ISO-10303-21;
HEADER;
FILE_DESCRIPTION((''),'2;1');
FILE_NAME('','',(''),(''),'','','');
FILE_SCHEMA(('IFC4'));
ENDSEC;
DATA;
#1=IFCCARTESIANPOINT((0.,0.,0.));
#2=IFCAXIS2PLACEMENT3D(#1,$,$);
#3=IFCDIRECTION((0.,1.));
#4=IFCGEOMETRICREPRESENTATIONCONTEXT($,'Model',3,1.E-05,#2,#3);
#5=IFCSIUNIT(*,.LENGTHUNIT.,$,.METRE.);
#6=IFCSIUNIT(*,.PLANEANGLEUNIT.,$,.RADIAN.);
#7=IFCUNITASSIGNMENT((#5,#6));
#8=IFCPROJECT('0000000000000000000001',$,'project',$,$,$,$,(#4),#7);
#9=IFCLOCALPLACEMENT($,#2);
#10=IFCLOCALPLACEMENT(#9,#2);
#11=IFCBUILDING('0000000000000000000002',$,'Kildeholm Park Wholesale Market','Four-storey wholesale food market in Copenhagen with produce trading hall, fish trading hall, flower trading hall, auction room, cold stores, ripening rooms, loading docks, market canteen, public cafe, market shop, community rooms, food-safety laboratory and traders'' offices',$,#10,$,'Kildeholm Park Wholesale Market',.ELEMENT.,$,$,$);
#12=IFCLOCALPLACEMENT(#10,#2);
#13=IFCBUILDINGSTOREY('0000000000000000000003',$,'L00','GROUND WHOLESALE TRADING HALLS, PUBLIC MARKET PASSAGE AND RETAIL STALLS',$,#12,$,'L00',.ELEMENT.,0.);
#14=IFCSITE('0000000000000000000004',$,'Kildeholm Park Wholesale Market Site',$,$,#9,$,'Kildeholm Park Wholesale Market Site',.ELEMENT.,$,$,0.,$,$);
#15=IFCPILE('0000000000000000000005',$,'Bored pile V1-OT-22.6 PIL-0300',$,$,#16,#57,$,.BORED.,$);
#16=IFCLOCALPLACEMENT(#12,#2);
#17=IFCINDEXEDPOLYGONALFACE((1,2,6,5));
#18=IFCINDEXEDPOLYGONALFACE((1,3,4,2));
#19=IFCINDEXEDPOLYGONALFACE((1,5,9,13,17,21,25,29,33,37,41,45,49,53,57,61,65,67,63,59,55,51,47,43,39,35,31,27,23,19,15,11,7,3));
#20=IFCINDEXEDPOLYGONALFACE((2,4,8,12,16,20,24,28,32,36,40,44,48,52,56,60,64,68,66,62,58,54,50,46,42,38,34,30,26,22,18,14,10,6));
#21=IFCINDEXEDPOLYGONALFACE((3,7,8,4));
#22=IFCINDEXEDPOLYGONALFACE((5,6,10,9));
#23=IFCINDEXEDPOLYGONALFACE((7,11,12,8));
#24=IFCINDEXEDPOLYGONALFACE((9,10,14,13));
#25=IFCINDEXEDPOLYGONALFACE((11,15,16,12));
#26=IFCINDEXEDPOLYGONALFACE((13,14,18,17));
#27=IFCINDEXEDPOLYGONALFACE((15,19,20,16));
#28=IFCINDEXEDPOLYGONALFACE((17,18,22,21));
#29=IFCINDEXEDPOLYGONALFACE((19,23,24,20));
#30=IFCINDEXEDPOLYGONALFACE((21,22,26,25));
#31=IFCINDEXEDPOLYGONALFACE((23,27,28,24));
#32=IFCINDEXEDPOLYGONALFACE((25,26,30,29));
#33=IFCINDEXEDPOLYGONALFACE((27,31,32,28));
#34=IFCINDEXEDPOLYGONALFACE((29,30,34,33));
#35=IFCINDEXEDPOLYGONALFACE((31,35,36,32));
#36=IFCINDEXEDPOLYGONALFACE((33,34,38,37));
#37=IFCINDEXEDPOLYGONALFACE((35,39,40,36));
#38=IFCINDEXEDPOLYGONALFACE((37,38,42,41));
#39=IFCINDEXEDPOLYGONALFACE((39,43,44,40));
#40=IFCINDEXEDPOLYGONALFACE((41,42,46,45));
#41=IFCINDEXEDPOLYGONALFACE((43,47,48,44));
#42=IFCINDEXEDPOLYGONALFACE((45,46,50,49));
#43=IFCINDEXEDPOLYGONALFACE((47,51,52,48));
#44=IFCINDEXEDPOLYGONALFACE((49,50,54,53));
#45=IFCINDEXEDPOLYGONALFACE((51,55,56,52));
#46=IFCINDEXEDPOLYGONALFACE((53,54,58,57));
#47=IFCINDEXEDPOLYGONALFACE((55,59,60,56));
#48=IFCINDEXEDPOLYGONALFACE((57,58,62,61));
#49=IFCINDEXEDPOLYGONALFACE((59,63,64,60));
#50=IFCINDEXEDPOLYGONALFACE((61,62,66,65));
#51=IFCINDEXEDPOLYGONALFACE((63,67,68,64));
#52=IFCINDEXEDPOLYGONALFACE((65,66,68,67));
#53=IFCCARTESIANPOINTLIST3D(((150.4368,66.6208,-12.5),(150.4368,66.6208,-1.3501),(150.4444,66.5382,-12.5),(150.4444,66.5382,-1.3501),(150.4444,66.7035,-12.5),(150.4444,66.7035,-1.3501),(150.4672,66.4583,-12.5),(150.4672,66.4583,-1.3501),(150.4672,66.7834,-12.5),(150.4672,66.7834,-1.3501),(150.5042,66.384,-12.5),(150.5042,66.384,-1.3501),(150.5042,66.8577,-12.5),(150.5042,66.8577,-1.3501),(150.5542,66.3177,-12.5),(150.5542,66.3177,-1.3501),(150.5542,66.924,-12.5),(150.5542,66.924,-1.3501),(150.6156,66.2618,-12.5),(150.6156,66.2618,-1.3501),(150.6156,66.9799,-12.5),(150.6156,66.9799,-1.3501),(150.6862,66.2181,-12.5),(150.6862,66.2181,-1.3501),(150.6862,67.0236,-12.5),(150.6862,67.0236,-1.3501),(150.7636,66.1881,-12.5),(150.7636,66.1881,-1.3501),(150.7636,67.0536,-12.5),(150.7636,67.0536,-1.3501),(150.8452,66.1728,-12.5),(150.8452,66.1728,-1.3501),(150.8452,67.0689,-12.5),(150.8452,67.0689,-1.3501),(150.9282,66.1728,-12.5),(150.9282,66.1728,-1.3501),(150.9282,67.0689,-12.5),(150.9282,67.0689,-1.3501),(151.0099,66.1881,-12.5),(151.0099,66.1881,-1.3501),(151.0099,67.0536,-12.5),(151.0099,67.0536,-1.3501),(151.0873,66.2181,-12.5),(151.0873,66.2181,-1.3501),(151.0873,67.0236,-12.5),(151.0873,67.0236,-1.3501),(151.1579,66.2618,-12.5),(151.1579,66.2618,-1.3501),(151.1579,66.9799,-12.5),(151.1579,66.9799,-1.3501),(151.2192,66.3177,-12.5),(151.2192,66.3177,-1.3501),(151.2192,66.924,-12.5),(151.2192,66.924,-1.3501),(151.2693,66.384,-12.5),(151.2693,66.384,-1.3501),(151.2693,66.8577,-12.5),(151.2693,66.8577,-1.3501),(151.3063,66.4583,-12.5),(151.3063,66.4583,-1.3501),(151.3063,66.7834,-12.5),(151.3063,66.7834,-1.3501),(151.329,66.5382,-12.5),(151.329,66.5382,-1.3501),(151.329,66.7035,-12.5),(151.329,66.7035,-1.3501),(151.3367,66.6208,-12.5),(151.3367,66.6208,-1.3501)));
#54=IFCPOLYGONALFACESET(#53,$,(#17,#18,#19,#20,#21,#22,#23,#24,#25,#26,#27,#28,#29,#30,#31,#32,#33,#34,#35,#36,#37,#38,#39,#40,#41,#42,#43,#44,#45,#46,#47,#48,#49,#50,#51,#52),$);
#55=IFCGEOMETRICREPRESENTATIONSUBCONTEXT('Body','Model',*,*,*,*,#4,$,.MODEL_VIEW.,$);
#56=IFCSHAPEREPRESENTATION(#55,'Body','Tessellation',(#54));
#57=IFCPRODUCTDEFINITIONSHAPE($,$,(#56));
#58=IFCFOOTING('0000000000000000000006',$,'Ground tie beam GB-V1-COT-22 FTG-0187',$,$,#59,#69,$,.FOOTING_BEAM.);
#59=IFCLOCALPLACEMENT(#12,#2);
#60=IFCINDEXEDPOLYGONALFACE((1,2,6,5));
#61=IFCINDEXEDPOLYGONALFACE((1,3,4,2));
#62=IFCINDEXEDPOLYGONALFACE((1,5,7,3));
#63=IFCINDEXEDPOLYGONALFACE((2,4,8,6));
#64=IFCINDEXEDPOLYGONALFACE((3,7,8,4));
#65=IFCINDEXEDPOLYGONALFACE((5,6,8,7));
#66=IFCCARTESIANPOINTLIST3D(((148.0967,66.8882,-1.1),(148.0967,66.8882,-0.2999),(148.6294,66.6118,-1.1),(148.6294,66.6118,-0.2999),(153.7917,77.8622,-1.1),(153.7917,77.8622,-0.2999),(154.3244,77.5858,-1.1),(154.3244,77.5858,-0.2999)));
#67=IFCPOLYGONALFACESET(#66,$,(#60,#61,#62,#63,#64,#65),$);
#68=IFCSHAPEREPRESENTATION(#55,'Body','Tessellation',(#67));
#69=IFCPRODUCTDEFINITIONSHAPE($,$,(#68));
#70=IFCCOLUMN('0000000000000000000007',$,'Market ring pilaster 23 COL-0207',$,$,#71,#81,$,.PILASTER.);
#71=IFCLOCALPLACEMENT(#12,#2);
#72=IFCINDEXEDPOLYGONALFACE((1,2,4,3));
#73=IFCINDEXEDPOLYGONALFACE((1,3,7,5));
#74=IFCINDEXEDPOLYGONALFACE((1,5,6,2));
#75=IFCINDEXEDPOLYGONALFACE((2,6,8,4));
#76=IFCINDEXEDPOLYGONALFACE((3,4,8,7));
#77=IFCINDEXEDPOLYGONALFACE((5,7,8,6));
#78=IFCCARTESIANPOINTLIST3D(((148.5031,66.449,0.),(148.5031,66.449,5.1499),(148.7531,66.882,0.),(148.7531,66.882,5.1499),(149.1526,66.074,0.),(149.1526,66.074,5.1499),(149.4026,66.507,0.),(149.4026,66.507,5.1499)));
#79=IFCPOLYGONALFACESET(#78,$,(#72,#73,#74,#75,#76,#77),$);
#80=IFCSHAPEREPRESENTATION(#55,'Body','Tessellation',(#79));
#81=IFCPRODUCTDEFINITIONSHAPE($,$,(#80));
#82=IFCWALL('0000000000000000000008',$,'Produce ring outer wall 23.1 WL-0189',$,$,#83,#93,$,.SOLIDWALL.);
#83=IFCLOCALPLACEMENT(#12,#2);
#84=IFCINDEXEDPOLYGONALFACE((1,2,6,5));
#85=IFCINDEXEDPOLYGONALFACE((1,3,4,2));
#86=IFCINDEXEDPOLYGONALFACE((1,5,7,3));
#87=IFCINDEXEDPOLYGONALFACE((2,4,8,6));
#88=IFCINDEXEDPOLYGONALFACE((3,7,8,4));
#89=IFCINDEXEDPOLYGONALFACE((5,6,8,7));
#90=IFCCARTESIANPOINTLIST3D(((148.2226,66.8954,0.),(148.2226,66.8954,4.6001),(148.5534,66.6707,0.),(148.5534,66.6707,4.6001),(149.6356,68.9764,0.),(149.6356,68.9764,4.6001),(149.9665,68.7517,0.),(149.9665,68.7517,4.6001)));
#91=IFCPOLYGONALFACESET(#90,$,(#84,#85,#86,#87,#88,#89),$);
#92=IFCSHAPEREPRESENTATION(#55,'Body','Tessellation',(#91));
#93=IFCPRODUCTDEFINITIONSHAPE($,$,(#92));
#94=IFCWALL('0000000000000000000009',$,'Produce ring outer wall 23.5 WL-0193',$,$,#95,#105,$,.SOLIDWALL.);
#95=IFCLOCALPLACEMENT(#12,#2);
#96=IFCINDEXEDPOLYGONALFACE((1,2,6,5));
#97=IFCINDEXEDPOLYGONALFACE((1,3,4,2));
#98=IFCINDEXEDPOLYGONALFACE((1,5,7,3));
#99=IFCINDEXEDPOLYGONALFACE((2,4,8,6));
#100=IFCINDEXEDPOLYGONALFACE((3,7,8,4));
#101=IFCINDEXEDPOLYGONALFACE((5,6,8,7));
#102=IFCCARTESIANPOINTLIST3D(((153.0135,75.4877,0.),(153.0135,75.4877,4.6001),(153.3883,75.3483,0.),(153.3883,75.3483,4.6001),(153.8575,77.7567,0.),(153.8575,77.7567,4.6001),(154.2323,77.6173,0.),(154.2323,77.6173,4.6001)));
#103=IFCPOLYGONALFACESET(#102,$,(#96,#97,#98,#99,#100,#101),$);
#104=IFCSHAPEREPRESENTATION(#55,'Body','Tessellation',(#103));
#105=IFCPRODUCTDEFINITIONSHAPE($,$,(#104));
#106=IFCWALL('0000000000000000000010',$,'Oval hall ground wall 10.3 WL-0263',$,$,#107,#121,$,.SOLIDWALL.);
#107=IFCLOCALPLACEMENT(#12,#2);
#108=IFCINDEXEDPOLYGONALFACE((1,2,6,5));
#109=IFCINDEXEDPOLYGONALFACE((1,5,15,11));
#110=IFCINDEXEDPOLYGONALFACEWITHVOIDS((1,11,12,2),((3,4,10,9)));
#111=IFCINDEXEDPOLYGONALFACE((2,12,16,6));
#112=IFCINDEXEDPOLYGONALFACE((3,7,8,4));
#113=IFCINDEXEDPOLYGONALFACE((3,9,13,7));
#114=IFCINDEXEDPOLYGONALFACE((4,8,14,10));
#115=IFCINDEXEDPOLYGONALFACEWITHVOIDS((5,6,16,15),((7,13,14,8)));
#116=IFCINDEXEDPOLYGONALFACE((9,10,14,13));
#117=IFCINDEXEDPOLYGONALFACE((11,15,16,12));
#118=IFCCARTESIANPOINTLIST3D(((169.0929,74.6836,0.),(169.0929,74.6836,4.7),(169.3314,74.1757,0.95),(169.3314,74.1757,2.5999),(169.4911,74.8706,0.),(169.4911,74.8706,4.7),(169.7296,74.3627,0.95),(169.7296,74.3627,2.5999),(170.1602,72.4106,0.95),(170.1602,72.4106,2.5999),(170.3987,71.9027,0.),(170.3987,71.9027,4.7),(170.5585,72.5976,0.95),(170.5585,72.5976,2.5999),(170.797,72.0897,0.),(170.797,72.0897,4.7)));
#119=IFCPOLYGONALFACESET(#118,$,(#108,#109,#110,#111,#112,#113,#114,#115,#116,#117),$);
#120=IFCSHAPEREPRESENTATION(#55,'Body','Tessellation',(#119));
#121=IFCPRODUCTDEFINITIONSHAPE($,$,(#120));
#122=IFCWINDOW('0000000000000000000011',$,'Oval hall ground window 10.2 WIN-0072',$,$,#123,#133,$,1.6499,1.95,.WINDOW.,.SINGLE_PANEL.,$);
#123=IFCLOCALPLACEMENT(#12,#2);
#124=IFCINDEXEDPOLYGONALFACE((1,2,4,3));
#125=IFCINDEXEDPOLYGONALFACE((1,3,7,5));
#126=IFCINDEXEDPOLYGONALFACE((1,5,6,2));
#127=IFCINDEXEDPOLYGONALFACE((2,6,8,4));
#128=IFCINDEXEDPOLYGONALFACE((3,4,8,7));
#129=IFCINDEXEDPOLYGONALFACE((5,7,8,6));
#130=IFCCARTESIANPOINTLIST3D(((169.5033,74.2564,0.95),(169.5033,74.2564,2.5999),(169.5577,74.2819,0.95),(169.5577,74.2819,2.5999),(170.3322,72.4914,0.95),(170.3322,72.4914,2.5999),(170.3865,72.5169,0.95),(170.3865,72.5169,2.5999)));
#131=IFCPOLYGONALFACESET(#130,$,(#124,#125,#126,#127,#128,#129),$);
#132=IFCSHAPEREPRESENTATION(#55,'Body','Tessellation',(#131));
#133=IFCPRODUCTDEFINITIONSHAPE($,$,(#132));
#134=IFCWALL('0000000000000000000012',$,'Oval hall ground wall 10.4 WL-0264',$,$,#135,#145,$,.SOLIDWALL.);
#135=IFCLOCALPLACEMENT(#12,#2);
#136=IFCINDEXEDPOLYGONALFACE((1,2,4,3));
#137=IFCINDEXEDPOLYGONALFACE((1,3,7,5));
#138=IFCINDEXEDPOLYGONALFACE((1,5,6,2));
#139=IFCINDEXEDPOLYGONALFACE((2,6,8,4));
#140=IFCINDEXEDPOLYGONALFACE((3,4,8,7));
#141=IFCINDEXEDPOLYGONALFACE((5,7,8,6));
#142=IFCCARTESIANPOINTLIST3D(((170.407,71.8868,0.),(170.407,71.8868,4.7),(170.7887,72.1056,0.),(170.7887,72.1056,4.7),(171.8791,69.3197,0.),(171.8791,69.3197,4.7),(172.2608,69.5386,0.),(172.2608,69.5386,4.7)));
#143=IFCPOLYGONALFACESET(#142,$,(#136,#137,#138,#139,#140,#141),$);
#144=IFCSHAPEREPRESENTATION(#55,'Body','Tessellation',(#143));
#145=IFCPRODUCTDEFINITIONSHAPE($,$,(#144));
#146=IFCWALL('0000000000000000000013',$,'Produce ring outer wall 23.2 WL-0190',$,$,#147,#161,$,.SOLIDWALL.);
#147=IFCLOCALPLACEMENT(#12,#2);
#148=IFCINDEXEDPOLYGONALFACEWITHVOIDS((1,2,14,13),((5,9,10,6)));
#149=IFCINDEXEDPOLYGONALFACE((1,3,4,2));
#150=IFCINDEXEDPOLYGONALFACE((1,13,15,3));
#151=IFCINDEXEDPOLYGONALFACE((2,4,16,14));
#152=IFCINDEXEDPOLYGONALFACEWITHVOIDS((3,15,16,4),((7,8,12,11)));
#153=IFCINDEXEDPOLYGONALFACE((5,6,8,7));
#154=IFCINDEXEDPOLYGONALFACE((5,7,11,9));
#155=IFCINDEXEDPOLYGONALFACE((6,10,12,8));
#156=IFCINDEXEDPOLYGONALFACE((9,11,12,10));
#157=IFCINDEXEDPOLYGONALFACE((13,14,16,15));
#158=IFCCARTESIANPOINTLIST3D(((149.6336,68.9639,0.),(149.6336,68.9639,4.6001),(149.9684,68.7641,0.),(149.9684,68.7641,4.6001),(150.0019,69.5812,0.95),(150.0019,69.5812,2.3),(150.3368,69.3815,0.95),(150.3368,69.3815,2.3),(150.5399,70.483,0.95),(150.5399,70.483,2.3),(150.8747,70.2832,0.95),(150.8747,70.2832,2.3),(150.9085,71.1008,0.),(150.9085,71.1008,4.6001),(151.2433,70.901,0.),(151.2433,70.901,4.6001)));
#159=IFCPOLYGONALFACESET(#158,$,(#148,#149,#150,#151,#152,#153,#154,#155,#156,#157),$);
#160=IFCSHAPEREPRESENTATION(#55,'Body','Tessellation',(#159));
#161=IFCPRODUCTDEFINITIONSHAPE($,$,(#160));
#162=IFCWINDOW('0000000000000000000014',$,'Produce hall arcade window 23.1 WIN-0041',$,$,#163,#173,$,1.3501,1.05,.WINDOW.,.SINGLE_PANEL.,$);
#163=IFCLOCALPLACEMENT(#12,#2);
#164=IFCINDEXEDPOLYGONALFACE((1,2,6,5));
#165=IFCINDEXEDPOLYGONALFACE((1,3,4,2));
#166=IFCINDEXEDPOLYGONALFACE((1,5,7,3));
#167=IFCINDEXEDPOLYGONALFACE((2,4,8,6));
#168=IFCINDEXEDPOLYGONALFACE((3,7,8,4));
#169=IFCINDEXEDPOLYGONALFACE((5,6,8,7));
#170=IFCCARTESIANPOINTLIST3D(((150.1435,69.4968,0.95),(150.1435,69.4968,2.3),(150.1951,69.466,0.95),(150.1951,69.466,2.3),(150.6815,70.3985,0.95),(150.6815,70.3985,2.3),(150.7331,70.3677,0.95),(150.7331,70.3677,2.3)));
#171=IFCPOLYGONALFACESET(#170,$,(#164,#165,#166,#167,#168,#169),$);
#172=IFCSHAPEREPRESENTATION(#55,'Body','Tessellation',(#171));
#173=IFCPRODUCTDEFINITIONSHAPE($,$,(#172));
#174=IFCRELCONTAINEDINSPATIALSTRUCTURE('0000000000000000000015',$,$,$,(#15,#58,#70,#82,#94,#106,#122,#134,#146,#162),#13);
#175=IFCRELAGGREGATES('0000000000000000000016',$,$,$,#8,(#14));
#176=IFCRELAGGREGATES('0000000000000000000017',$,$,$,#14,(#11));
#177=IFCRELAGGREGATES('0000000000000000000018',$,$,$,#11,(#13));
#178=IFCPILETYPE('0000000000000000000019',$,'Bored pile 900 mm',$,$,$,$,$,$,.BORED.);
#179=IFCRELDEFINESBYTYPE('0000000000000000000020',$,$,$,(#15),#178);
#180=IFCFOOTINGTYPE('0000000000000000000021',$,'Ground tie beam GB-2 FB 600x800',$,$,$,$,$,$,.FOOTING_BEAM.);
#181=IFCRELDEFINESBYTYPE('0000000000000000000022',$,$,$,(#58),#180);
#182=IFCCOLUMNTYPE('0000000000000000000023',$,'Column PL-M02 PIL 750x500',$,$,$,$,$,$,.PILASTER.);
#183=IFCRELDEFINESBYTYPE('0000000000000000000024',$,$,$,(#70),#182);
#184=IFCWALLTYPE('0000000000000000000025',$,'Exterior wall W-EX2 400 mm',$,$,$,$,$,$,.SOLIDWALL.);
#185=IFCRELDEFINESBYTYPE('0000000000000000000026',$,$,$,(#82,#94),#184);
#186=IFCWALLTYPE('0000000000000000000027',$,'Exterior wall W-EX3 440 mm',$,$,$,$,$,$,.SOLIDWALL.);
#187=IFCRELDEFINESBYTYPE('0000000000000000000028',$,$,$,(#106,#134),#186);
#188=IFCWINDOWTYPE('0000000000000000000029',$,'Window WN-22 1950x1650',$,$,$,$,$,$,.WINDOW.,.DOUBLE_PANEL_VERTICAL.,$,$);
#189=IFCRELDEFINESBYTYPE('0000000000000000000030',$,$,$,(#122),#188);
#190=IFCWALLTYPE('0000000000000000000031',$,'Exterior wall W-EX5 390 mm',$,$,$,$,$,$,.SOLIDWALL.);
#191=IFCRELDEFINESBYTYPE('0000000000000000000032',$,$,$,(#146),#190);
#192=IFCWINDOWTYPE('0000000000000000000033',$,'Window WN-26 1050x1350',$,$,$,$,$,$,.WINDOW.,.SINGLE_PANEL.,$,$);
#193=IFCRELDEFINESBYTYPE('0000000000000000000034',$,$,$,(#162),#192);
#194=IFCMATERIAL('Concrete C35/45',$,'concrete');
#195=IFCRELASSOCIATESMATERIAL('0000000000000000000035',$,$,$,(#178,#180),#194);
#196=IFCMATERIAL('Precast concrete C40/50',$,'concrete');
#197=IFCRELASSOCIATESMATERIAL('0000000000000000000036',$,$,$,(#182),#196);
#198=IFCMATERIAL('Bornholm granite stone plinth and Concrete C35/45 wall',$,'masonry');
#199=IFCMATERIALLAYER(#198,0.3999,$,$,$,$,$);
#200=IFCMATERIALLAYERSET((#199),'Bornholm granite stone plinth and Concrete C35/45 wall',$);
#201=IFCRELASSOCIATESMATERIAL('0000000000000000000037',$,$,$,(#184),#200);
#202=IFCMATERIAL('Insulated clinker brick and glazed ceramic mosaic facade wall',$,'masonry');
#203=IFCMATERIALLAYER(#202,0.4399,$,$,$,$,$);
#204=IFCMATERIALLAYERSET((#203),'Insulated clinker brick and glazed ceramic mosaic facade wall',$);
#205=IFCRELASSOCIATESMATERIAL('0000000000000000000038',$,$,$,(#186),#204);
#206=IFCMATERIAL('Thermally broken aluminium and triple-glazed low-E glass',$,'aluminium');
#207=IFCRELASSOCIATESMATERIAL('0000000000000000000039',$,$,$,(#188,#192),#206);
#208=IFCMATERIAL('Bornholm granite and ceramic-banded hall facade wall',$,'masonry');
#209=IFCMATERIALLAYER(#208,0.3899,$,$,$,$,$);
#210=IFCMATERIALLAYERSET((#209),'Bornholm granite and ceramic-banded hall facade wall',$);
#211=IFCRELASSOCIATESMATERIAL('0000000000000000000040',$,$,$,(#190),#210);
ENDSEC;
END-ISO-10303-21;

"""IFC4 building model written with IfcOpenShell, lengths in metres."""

from ifc_helpers import new_model, si_unit, direction, frame, frame_2d, origin, origin_2d, place, context, subcontext, project, spatial, rectangle, circle, extrude, material, layer, layer_set, material_profile, profile_set, type_object, element, fill, save


model = new_model("IFC4")

# Units and contexts
model_context = context("Model", 3, precision=1e-05, world=origin(), true_north=direction((0.0, 1.0)))
body_context = subcontext(model_context, "Body", "Model", "MODEL_VIEW")
ifc_project = project(units=[si_unit("LENGTHUNIT", "METRE"), si_unit("PLANEANGLEUNIT", "RADIAN")], contexts=[model_context])

# Site, building, storey
site_placement = place(None, origin())
site = spatial("IfcSite", under=ifc_project, at=site_placement, Name="Kildeholm Park Wholesale Market Site", LongName="Kildeholm Park Wholesale Market Site", CompositionType="ELEMENT", RefElevation=0.0)
building_placement = place(site_placement, origin())
building = spatial("IfcBuilding", under=site, at=building_placement, Name="Kildeholm Park Wholesale Market", Description="Four-storey wholesale food market in Copenhagen with produce trading hall, fish trading hall, flower trading hall, auction room, cold stores, ripening rooms, loading docks, market canteen, public cafe, market shop, community rooms, food-safety laboratory and traders' offices", LongName="Kildeholm Park Wholesale Market", CompositionType="ELEMENT")
storey_placement = place(building_placement, origin())
storey = spatial("IfcBuildingStorey", under=building, at=storey_placement, Name="L00", Description="GROUND WHOLESALE TRADING HALLS, PUBLIC MARKET PASSAGE AND RETAIL STALLS", LongName="L00", CompositionType="ELEMENT", Elevation=0.0)

# Pile
ifc_material_1 = material(Name="Concrete C35/45", Category="concrete")
ifc_material_profile_1 = material_profile(ifc_material_1, circle(Radius=0.45, at=origin_2d()), Name="PILE D900")
ifc_profile_set_1 = profile_set([ifc_material_profile_1], Name="Concrete C35/45")
pile_type_1 = type_object("IfcPileType", Name="Bored pile 900 mm", PredefinedType="BORED", material=ifc_profile_set_1)
for number, where, z_axis, x_axis, name in (
    (1, (150.8867, 66.6208, -1.3501), (0.0, 0.0, -1.0), (1.0, 0.0, 0.0), "Bored pile V1-OT-22.6 PIL-0300"),
):
    element("IfcPile", number, at=place(storey_placement, frame(where, z_axis=z_axis, x_axis=x_axis)), inside=storey, type_object=pile_type_1, Name=name, PredefinedType="BORED", context=body_context, shape_type="SweptSolid", body=[
        extrude(circle(Radius=0.45, at=origin_2d()), origin(), (0.0, 0.0, 1.0), 11.1499),
    ])

# Footing
ifc_material_profile_2 = material_profile(ifc_material_1, rectangle(XDim=0.6001, YDim=0.8, at=origin_2d()), Name="FB 600x800")
ifc_profile_set_2 = profile_set([ifc_material_profile_2], Name="Concrete C35/45")
footing_type = type_object("IfcFootingType", Name="Ground tie beam GB-2 FB 600x800", PredefinedType="FOOTING_BEAM", material=ifc_profile_set_2)
footing_placement = place(storey_placement, frame((148.363, 66.75, -0.7), z_axis=(0.460622, 0.887596, 0.0), x_axis=(-0.887596, 0.460622, 0.0)))
element("IfcFooting", 2, at=footing_placement, inside=storey, type_object=footing_type, Name="Ground tie beam GB-V1-COT-22 FTG-0187", PredefinedType="FOOTING_BEAM", context=body_context, shape_type="SweptSolid", body=[
    extrude(rectangle(XDim=0.6001, YDim=0.8, at=origin_2d()), origin(), (0.0, 0.0, 1.0), 12.3638),
])

# Column
ifc_material_2 = material(Name="Precast concrete C40/50", Category="concrete")
ifc_material_profile_3 = material_profile(ifc_material_2, rectangle(XDim=0.75, YDim=0.5, at=origin_2d()), Name="PIL 750x500")
ifc_profile_set_3 = profile_set([ifc_material_profile_3], Name="Precast concrete C40/50")
column_type = type_object("IfcColumnType", Name="Column PL-M02 PIL 750x500", PredefinedType="PILASTER", material=ifc_profile_set_3)
column_placement = place(storey_placement, frame((148.9529, 66.478, 0.0), z_axis=(0.0, 0.0, 1.0), x_axis=(0.866025, -0.5, 0.0)))
element("IfcColumn", 3, at=column_placement, inside=storey, type_object=column_type, Name="Market ring pilaster 23 COL-0207", PredefinedType="PILASTER", context=body_context, shape_type="SweptSolid", body=[
    extrude(rectangle(XDim=0.75, YDim=0.5, at=origin_2d()), origin(), (0.0, 0.0, 1.0), 5.1499),
])

# Walls
ifc_material_3 = material(Name="Bornholm granite stone plinth and Concrete C35/45 wall", Category="masonry")
ifc_layer_1 = layer(ifc_material_3, 0.3999)
ifc_layer_set_1 = layer_set([ifc_layer_1], Name="Bornholm granite stone plinth and Concrete C35/45 wall")
wall_type_1 = type_object("IfcWallType", Name="Exterior wall W-EX2 400 mm", PredefinedType="SOLIDWALL", material=ifc_layer_set_1)
wall_1_placement = place(storey_placement, frame((148.3879, 66.783, 0.0), z_axis=(0.0, 0.0, 1.0), x_axis=(0.561758, 0.827302, 0.0)))
element("IfcWall", 4, at=wall_1_placement, inside=storey, type_object=wall_type_1, Name="Produce ring outer wall 23.1 WL-0189", PredefinedType="SOLIDWALL", context=body_context, shape_type="SweptSolid", body=[
    extrude(rectangle(XDim=2.5154, YDim=0.3999, at=frame_2d((1.2578, 0.0))), origin(), (0.0, 0.0, 1.0), 4.6001),
])
wall_2_placement = place(storey_placement, frame((153.2009, 75.418, 0.0), z_axis=(0.0, 0.0, 1.0), x_axis=(0.348625, 0.937262, 0.0)))
element("IfcWall", 5, at=wall_2_placement, inside=storey, type_object=wall_type_1, Name="Produce ring outer wall 23.5 WL-0193", PredefinedType="SOLIDWALL", context=body_context, shape_type="SweptSolid", body=[
    extrude(rectangle(XDim=2.4209, YDim=0.3999, at=frame_2d((1.2104, 0.0))), origin(), (0.0, 0.0, 1.0), 4.6001),
])

# Wall, opening, window
ifc_material_4 = material(Name="Insulated clinker brick and glazed ceramic mosaic facade wall", Category="masonry")
ifc_layer_2 = layer(ifc_material_4, 0.4399)
ifc_layer_set_2 = layer_set([ifc_layer_2], Name="Insulated clinker brick and glazed ceramic mosaic facade wall")
wall_type_2 = type_object("IfcWallType", Name="Exterior wall W-EX3 440 mm", PredefinedType="SOLIDWALL", material=ifc_layer_set_2)
wall_3_placement = place(storey_placement, frame((169.292, 74.7771, 0.0), z_axis=(0.0, 0.0, 1.0), x_axis=(0.425051, -0.90517, 0.0)))
wall_3 = element("IfcWall", 6, at=wall_3_placement, inside=storey, type_object=wall_type_2, Name="Oval hall ground wall 10.3 WL-0263", PredefinedType="SOLIDWALL", context=body_context, shape_type="SweptSolid", body=[
    extrude(rectangle(XDim=3.0723, YDim=0.4399, at=frame_2d((1.5361, 0.0))), origin(), (0.0, 0.0, 1.0), 4.7),
])
opening_1_placement = place(wall_3_placement, frame((0.561, 0.0, 0.95)))
opening_1 = element("IfcOpeningElement", 7, at=opening_1_placement, cuts=wall_3, PredefinedType="OPENING", context=body_context, shape_type="SweptSolid", body=[
    extrude(rectangle(XDim=1.95, YDim=1.6499, at=frame_2d((0.9751, 0.825))), frame((0.0, 0.23, 0.0), z_axis=(0.0, -1.0, 0.0), x_axis=(1.0, 0.0, 0.0)), (0.0, 0.0, 1.0), 0.46),
])
ifc_material_5 = material(Name="Thermally broken aluminium and triple-glazed low-E glass", Category="aluminium")
window_type_1 = type_object("IfcWindowType", Name="Window WN-22 1950x1650", PartitioningType="DOUBLE_PANEL_VERTICAL", PredefinedType="WINDOW", material=ifc_material_5)
window_1_placement = place(opening_1_placement, origin())
window_1 = element("IfcWindow", 8, at=window_1_placement, inside=storey, type_object=window_type_1, Name="Oval hall ground window 10.2 WIN-0072", OverallHeight=1.6499, OverallWidth=1.95, PartitioningType="SINGLE_PANEL", PredefinedType="WINDOW", context=body_context, shape_type="SweptSolid", body=[
    extrude(rectangle(XDim=1.95, YDim=1.6499, at=frame_2d((0.9751, 0.825))), frame((0.0, 0.03, 0.0), z_axis=(0.0, -1.0, 0.0), x_axis=(1.0, 0.0, 0.0)), (0.0, 0.0, 1.0), 0.0601),
])
fill(opening_1, window_1)

# Wall
wall_4_placement = place(storey_placement, frame((170.5979, 71.9961, 0.0), z_axis=(0.0, 0.0, 1.0), x_axis=(0.497471, -0.867481, 0.0)))
element("IfcWall", 9, at=wall_4_placement, inside=storey, type_object=wall_type_2, Name="Oval hall ground wall 10.4 WL-0264", PredefinedType="SOLIDWALL", context=body_context, shape_type="SweptSolid", body=[
    extrude(rectangle(XDim=2.9592, YDim=0.4399, at=frame_2d((1.4795, 0.0))), origin(), (0.0, 0.0, 1.0), 4.7),
])

# Wall, opening, window
ifc_material_6 = material(Name="Bornholm granite and ceramic-banded hall facade wall", Category="masonry")
ifc_layer_3 = layer(ifc_material_6, 0.3899)
ifc_layer_set_3 = layer_set([ifc_layer_3], Name="Bornholm granite and ceramic-banded hall facade wall")
wall_type_3 = type_object("IfcWallType", Name="Exterior wall W-EX5 390 mm", PredefinedType="SOLIDWALL", material=ifc_layer_set_3)
wall_5_placement = place(storey_placement, frame((149.801, 68.864, 0.0), z_axis=(0.0, 0.0, 1.0), x_axis=(0.512344, 0.85878, 0.0)))
wall_5 = element("IfcWall", 10, at=wall_5_placement, inside=storey, type_object=wall_type_3, Name="Produce ring outer wall 23.2 WL-0190", PredefinedType="SOLIDWALL", context=body_context, shape_type="SweptSolid", body=[
    extrude(rectangle(XDim=2.4883, YDim=0.3899, at=frame_2d((1.2441, 0.0))), origin(), (0.0, 0.0, 1.0), 4.6001),
])
opening_2_placement = place(wall_5_placement, frame((0.719, 0.0, 0.95)))
opening_2 = element("IfcOpeningElement", 11, at=opening_2_placement, cuts=wall_5, PredefinedType="OPENING", context=body_context, shape_type="SweptSolid", body=[
    extrude(rectangle(XDim=1.05, YDim=1.3501, at=frame_2d((0.5249, 0.675))), frame((0.0, 0.2048, 0.0), z_axis=(0.0, -1.0, 0.0), x_axis=(1.0, 0.0, 0.0)), (0.0, 0.0, 1.0), 0.4099),
])
window_type_2 = type_object("IfcWindowType", Name="Window WN-26 1050x1350", PartitioningType="SINGLE_PANEL", PredefinedType="WINDOW", material=ifc_material_5)
window_2_placement = place(opening_2_placement, origin())
window_2 = element("IfcWindow", 12, at=window_2_placement, inside=storey, type_object=window_type_2, Name="Produce hall arcade window 23.1 WIN-0041", OverallHeight=1.3501, OverallWidth=1.05, PartitioningType="SINGLE_PANEL", PredefinedType="WINDOW", context=body_context, shape_type="SweptSolid", body=[
    extrude(rectangle(XDim=1.05, YDim=1.3501, at=frame_2d((0.5249, 0.675))), frame((0.0, 0.03, 0.0), z_axis=(0.0, -1.0, 0.0), x_axis=(1.0, 0.0, 0.0)), (0.0, 0.0, 1.0), 0.0601),
])
fill(opening_2, window_2)

save(model, "model.ifc")
